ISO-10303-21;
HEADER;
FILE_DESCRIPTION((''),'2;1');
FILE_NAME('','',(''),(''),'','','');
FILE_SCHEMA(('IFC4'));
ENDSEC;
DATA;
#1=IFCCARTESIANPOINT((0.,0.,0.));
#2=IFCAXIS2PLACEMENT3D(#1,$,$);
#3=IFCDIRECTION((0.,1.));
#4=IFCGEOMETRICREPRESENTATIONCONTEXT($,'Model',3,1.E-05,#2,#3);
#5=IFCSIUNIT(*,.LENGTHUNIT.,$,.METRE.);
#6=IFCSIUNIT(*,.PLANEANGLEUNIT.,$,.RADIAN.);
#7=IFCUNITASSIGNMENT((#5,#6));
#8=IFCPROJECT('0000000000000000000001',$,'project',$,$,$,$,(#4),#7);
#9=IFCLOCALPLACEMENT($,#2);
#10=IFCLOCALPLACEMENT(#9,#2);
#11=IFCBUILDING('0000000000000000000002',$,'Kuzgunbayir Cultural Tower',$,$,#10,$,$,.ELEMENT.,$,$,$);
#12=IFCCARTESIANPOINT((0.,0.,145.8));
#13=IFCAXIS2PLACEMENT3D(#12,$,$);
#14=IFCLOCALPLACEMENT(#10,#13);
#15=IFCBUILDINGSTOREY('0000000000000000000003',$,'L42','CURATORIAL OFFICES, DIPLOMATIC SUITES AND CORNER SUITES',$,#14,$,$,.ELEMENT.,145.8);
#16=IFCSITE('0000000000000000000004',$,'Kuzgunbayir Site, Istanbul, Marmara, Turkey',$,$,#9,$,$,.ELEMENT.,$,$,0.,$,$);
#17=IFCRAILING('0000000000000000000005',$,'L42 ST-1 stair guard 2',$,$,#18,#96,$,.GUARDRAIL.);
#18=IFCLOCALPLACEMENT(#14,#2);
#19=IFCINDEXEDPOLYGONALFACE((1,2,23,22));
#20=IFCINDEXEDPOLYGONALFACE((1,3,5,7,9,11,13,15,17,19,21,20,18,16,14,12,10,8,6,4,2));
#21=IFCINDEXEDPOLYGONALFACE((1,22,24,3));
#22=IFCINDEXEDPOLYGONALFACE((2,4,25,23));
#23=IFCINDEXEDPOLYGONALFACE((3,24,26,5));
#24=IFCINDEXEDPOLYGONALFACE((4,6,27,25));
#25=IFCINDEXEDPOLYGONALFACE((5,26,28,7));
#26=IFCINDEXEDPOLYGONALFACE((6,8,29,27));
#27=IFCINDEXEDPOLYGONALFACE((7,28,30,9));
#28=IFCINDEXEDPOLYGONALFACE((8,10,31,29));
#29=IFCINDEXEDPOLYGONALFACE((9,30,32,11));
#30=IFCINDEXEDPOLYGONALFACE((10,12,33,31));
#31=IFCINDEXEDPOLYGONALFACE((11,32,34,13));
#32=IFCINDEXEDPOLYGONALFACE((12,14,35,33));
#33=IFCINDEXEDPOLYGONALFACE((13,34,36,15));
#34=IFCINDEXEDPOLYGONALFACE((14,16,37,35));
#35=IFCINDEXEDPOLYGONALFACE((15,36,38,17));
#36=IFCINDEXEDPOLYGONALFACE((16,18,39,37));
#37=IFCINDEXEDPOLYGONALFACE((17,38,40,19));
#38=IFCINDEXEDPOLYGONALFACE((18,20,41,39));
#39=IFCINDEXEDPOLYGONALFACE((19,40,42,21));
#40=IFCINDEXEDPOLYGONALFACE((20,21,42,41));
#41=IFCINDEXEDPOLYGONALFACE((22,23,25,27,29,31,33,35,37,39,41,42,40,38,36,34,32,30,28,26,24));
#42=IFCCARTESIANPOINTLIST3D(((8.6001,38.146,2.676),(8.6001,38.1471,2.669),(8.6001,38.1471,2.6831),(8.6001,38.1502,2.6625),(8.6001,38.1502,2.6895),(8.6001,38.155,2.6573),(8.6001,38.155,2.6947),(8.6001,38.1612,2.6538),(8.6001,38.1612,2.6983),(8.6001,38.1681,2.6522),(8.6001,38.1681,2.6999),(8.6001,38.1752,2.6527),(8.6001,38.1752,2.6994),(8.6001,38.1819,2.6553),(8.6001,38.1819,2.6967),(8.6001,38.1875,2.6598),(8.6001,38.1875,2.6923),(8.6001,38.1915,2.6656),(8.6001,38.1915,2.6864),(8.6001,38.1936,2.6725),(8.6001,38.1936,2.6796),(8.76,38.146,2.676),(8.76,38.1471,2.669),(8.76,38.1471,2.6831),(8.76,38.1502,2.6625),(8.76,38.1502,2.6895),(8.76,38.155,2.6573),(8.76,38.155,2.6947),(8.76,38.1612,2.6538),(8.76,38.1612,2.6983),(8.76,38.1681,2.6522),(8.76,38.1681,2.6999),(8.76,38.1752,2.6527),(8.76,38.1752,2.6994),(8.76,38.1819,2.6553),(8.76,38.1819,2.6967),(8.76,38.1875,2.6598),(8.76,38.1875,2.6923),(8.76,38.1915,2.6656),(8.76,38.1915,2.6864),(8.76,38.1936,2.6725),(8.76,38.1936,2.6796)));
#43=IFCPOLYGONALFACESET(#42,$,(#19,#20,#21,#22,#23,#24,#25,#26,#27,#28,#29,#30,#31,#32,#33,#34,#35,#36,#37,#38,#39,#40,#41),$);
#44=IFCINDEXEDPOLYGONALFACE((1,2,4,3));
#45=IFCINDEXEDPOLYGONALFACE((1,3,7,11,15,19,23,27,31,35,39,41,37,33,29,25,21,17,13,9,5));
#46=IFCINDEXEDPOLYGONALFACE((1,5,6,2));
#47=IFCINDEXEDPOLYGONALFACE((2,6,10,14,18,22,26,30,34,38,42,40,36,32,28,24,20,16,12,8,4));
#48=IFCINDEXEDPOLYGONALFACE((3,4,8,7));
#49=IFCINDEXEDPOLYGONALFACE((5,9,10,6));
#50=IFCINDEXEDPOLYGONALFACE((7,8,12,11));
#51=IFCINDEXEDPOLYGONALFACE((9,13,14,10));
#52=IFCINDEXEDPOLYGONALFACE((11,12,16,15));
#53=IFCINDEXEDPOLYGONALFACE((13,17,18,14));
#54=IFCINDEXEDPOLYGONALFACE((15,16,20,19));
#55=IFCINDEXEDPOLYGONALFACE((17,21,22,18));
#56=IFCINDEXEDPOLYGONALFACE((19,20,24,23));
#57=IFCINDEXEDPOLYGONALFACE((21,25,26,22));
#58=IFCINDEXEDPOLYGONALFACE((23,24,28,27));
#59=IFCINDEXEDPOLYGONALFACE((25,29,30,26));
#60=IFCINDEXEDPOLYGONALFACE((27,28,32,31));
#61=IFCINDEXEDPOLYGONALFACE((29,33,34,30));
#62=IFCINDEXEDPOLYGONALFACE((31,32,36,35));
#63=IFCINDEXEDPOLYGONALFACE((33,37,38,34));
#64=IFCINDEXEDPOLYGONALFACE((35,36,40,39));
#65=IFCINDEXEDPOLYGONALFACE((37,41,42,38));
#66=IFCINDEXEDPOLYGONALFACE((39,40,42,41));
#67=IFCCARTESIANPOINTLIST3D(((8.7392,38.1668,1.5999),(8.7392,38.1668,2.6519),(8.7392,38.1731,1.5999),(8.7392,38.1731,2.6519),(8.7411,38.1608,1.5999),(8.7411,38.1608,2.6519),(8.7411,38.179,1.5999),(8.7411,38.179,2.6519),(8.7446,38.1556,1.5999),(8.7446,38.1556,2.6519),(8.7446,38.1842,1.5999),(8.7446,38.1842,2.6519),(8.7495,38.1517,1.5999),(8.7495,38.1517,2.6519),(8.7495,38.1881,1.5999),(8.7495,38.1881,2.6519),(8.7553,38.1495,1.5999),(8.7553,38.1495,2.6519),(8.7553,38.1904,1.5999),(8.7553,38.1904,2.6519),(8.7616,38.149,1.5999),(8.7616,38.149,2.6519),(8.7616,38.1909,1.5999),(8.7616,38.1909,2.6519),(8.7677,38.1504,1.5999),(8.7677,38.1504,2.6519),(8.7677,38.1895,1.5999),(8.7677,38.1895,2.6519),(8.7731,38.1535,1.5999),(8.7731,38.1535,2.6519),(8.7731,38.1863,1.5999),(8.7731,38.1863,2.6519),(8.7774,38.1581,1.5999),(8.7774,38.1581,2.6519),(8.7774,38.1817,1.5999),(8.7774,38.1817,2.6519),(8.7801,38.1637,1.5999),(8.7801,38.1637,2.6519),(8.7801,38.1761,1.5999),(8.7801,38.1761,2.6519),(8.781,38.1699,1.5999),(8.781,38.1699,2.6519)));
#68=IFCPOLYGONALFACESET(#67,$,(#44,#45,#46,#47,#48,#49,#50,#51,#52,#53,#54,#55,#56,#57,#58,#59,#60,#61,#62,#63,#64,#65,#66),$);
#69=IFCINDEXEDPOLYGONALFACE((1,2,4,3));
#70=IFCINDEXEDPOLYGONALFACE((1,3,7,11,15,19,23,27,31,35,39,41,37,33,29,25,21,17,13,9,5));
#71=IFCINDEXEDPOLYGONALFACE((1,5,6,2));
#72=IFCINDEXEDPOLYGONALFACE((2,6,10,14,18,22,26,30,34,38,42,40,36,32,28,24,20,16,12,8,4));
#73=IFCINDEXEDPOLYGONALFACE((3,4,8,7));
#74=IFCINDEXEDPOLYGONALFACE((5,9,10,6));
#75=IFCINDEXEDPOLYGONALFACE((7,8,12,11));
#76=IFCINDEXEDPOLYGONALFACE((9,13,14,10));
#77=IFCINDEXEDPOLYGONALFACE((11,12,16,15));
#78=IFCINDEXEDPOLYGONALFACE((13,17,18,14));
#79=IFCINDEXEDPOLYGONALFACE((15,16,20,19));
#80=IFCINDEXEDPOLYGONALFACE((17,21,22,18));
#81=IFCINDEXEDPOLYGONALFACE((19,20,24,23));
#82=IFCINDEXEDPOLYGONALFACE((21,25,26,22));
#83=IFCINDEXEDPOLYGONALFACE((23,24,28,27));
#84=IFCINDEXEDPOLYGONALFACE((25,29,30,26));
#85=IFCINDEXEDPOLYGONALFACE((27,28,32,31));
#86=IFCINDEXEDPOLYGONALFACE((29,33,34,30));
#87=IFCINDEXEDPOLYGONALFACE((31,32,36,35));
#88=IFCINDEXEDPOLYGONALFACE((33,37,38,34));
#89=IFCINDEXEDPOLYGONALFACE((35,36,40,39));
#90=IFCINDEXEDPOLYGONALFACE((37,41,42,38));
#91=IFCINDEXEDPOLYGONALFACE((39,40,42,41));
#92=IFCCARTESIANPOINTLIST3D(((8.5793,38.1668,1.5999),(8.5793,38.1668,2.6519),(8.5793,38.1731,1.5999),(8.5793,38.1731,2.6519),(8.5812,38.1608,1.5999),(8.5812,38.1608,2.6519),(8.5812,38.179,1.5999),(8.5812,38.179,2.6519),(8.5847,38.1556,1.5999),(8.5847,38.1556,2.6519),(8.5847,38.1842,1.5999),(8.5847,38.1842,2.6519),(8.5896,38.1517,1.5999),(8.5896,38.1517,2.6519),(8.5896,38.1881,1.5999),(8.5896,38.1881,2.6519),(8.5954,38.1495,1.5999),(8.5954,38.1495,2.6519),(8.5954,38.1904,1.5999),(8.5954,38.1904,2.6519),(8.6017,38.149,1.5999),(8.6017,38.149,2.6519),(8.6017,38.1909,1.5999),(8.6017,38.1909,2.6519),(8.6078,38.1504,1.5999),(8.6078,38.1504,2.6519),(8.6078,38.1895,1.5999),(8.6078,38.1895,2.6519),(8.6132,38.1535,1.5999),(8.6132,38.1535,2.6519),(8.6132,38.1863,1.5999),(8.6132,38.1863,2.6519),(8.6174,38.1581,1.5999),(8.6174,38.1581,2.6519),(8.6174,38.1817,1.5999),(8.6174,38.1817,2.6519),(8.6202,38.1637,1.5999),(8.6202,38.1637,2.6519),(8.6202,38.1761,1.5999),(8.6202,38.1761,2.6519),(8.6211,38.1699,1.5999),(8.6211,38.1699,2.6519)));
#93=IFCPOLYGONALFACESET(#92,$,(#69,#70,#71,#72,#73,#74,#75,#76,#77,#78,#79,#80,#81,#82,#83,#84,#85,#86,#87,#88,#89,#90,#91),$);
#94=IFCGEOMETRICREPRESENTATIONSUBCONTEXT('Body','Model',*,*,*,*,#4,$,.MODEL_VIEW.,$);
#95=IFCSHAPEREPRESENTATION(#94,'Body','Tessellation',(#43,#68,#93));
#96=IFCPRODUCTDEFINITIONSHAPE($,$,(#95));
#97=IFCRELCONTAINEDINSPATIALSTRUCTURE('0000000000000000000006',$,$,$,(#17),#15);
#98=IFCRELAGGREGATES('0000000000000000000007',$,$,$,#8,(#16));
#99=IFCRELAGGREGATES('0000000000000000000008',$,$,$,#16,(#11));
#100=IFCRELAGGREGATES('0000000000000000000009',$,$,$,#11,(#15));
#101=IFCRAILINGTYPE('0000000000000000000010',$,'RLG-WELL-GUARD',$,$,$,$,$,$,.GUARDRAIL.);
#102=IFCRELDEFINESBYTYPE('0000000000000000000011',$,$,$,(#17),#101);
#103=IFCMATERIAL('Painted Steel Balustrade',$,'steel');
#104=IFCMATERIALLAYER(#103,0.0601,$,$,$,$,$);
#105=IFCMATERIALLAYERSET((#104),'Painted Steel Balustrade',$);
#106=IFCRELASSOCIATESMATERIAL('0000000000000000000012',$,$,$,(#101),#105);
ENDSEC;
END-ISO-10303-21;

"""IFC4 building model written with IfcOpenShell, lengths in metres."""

from ifc_helpers import new_model, si_unit, direction, frame, origin, origin_2d, place, context, subcontext, project, spatial, circle, extrude, material, layer, layer_set, type_object, element, save


model = new_model("IFC4")

# Units and contexts
model_context = context("Model", 3, precision=1e-05, world=origin(), true_north=direction((0.0, 1.0)))
body_context = subcontext(model_context, "Body", "Model", "MODEL_VIEW")
ifc_project = project(units=[si_unit("LENGTHUNIT", "METRE"), si_unit("PLANEANGLEUNIT", "RADIAN")], contexts=[model_context])

# Site, building, storey
site_placement = place(None, origin())
site = spatial("IfcSite", under=ifc_project, at=site_placement, Name="Kuzgunbayir Site, Istanbul, Marmara, Turkey", CompositionType="ELEMENT", RefElevation=0.0)
building_placement = place(site_placement, origin())
building = spatial("IfcBuilding", under=site, at=building_placement, Name="Kuzgunbayir Cultural Tower", CompositionType="ELEMENT")
storey_placement = place(building_placement, frame((0.0, 0.0, 145.8)))
storey = spatial("IfcBuildingStorey", under=building, at=storey_placement, Name="L42", Description="CURATORIAL OFFICES, DIPLOMATIC SUITES AND CORNER SUITES", CompositionType="ELEMENT", Elevation=145.8)

# Railing
ifc_material_1 = material(Name="Painted Steel Balustrade", Category="steel")
ifc_layer_1 = layer(ifc_material_1, 0.0601)
ifc_layer_set_1 = layer_set([ifc_layer_1], Name="Painted Steel Balustrade")
railing_type_1 = type_object("IfcRailingType", Name="RLG-WELL-GUARD", PredefinedType="GUARDRAIL", material=ifc_layer_set_1)
railing_1_placement = place(storey_placement, frame((8.76, 38.1699, 1.5999)))
element("IfcRailing", 1, at=railing_1_placement, inside=storey, type_object=railing_type_1, Name="L42 ST-1 stair guard 2", PredefinedType="GUARDRAIL", context=body_context, shape_type="SweptSolid", body=[
    extrude(circle(Radius=0.0239, at=origin_2d()), frame((0.0, 0.0, 1.0762), z_axis=(-1.0, 0.0, 0.0), x_axis=(0.0, -1.0, 0.0)), (0.0, 0.0, 1.0), 0.1599),
    extrude(circle(Radius=0.021, at=origin_2d()), origin(), (0.0, 0.0, 1.0), 1.052),
    extrude(circle(Radius=0.021, at=origin_2d()), frame((-0.1599, 0.0, 0.0)), (0.0, 0.0, 1.0), 1.052),
])

save(model, "model.ifc")
